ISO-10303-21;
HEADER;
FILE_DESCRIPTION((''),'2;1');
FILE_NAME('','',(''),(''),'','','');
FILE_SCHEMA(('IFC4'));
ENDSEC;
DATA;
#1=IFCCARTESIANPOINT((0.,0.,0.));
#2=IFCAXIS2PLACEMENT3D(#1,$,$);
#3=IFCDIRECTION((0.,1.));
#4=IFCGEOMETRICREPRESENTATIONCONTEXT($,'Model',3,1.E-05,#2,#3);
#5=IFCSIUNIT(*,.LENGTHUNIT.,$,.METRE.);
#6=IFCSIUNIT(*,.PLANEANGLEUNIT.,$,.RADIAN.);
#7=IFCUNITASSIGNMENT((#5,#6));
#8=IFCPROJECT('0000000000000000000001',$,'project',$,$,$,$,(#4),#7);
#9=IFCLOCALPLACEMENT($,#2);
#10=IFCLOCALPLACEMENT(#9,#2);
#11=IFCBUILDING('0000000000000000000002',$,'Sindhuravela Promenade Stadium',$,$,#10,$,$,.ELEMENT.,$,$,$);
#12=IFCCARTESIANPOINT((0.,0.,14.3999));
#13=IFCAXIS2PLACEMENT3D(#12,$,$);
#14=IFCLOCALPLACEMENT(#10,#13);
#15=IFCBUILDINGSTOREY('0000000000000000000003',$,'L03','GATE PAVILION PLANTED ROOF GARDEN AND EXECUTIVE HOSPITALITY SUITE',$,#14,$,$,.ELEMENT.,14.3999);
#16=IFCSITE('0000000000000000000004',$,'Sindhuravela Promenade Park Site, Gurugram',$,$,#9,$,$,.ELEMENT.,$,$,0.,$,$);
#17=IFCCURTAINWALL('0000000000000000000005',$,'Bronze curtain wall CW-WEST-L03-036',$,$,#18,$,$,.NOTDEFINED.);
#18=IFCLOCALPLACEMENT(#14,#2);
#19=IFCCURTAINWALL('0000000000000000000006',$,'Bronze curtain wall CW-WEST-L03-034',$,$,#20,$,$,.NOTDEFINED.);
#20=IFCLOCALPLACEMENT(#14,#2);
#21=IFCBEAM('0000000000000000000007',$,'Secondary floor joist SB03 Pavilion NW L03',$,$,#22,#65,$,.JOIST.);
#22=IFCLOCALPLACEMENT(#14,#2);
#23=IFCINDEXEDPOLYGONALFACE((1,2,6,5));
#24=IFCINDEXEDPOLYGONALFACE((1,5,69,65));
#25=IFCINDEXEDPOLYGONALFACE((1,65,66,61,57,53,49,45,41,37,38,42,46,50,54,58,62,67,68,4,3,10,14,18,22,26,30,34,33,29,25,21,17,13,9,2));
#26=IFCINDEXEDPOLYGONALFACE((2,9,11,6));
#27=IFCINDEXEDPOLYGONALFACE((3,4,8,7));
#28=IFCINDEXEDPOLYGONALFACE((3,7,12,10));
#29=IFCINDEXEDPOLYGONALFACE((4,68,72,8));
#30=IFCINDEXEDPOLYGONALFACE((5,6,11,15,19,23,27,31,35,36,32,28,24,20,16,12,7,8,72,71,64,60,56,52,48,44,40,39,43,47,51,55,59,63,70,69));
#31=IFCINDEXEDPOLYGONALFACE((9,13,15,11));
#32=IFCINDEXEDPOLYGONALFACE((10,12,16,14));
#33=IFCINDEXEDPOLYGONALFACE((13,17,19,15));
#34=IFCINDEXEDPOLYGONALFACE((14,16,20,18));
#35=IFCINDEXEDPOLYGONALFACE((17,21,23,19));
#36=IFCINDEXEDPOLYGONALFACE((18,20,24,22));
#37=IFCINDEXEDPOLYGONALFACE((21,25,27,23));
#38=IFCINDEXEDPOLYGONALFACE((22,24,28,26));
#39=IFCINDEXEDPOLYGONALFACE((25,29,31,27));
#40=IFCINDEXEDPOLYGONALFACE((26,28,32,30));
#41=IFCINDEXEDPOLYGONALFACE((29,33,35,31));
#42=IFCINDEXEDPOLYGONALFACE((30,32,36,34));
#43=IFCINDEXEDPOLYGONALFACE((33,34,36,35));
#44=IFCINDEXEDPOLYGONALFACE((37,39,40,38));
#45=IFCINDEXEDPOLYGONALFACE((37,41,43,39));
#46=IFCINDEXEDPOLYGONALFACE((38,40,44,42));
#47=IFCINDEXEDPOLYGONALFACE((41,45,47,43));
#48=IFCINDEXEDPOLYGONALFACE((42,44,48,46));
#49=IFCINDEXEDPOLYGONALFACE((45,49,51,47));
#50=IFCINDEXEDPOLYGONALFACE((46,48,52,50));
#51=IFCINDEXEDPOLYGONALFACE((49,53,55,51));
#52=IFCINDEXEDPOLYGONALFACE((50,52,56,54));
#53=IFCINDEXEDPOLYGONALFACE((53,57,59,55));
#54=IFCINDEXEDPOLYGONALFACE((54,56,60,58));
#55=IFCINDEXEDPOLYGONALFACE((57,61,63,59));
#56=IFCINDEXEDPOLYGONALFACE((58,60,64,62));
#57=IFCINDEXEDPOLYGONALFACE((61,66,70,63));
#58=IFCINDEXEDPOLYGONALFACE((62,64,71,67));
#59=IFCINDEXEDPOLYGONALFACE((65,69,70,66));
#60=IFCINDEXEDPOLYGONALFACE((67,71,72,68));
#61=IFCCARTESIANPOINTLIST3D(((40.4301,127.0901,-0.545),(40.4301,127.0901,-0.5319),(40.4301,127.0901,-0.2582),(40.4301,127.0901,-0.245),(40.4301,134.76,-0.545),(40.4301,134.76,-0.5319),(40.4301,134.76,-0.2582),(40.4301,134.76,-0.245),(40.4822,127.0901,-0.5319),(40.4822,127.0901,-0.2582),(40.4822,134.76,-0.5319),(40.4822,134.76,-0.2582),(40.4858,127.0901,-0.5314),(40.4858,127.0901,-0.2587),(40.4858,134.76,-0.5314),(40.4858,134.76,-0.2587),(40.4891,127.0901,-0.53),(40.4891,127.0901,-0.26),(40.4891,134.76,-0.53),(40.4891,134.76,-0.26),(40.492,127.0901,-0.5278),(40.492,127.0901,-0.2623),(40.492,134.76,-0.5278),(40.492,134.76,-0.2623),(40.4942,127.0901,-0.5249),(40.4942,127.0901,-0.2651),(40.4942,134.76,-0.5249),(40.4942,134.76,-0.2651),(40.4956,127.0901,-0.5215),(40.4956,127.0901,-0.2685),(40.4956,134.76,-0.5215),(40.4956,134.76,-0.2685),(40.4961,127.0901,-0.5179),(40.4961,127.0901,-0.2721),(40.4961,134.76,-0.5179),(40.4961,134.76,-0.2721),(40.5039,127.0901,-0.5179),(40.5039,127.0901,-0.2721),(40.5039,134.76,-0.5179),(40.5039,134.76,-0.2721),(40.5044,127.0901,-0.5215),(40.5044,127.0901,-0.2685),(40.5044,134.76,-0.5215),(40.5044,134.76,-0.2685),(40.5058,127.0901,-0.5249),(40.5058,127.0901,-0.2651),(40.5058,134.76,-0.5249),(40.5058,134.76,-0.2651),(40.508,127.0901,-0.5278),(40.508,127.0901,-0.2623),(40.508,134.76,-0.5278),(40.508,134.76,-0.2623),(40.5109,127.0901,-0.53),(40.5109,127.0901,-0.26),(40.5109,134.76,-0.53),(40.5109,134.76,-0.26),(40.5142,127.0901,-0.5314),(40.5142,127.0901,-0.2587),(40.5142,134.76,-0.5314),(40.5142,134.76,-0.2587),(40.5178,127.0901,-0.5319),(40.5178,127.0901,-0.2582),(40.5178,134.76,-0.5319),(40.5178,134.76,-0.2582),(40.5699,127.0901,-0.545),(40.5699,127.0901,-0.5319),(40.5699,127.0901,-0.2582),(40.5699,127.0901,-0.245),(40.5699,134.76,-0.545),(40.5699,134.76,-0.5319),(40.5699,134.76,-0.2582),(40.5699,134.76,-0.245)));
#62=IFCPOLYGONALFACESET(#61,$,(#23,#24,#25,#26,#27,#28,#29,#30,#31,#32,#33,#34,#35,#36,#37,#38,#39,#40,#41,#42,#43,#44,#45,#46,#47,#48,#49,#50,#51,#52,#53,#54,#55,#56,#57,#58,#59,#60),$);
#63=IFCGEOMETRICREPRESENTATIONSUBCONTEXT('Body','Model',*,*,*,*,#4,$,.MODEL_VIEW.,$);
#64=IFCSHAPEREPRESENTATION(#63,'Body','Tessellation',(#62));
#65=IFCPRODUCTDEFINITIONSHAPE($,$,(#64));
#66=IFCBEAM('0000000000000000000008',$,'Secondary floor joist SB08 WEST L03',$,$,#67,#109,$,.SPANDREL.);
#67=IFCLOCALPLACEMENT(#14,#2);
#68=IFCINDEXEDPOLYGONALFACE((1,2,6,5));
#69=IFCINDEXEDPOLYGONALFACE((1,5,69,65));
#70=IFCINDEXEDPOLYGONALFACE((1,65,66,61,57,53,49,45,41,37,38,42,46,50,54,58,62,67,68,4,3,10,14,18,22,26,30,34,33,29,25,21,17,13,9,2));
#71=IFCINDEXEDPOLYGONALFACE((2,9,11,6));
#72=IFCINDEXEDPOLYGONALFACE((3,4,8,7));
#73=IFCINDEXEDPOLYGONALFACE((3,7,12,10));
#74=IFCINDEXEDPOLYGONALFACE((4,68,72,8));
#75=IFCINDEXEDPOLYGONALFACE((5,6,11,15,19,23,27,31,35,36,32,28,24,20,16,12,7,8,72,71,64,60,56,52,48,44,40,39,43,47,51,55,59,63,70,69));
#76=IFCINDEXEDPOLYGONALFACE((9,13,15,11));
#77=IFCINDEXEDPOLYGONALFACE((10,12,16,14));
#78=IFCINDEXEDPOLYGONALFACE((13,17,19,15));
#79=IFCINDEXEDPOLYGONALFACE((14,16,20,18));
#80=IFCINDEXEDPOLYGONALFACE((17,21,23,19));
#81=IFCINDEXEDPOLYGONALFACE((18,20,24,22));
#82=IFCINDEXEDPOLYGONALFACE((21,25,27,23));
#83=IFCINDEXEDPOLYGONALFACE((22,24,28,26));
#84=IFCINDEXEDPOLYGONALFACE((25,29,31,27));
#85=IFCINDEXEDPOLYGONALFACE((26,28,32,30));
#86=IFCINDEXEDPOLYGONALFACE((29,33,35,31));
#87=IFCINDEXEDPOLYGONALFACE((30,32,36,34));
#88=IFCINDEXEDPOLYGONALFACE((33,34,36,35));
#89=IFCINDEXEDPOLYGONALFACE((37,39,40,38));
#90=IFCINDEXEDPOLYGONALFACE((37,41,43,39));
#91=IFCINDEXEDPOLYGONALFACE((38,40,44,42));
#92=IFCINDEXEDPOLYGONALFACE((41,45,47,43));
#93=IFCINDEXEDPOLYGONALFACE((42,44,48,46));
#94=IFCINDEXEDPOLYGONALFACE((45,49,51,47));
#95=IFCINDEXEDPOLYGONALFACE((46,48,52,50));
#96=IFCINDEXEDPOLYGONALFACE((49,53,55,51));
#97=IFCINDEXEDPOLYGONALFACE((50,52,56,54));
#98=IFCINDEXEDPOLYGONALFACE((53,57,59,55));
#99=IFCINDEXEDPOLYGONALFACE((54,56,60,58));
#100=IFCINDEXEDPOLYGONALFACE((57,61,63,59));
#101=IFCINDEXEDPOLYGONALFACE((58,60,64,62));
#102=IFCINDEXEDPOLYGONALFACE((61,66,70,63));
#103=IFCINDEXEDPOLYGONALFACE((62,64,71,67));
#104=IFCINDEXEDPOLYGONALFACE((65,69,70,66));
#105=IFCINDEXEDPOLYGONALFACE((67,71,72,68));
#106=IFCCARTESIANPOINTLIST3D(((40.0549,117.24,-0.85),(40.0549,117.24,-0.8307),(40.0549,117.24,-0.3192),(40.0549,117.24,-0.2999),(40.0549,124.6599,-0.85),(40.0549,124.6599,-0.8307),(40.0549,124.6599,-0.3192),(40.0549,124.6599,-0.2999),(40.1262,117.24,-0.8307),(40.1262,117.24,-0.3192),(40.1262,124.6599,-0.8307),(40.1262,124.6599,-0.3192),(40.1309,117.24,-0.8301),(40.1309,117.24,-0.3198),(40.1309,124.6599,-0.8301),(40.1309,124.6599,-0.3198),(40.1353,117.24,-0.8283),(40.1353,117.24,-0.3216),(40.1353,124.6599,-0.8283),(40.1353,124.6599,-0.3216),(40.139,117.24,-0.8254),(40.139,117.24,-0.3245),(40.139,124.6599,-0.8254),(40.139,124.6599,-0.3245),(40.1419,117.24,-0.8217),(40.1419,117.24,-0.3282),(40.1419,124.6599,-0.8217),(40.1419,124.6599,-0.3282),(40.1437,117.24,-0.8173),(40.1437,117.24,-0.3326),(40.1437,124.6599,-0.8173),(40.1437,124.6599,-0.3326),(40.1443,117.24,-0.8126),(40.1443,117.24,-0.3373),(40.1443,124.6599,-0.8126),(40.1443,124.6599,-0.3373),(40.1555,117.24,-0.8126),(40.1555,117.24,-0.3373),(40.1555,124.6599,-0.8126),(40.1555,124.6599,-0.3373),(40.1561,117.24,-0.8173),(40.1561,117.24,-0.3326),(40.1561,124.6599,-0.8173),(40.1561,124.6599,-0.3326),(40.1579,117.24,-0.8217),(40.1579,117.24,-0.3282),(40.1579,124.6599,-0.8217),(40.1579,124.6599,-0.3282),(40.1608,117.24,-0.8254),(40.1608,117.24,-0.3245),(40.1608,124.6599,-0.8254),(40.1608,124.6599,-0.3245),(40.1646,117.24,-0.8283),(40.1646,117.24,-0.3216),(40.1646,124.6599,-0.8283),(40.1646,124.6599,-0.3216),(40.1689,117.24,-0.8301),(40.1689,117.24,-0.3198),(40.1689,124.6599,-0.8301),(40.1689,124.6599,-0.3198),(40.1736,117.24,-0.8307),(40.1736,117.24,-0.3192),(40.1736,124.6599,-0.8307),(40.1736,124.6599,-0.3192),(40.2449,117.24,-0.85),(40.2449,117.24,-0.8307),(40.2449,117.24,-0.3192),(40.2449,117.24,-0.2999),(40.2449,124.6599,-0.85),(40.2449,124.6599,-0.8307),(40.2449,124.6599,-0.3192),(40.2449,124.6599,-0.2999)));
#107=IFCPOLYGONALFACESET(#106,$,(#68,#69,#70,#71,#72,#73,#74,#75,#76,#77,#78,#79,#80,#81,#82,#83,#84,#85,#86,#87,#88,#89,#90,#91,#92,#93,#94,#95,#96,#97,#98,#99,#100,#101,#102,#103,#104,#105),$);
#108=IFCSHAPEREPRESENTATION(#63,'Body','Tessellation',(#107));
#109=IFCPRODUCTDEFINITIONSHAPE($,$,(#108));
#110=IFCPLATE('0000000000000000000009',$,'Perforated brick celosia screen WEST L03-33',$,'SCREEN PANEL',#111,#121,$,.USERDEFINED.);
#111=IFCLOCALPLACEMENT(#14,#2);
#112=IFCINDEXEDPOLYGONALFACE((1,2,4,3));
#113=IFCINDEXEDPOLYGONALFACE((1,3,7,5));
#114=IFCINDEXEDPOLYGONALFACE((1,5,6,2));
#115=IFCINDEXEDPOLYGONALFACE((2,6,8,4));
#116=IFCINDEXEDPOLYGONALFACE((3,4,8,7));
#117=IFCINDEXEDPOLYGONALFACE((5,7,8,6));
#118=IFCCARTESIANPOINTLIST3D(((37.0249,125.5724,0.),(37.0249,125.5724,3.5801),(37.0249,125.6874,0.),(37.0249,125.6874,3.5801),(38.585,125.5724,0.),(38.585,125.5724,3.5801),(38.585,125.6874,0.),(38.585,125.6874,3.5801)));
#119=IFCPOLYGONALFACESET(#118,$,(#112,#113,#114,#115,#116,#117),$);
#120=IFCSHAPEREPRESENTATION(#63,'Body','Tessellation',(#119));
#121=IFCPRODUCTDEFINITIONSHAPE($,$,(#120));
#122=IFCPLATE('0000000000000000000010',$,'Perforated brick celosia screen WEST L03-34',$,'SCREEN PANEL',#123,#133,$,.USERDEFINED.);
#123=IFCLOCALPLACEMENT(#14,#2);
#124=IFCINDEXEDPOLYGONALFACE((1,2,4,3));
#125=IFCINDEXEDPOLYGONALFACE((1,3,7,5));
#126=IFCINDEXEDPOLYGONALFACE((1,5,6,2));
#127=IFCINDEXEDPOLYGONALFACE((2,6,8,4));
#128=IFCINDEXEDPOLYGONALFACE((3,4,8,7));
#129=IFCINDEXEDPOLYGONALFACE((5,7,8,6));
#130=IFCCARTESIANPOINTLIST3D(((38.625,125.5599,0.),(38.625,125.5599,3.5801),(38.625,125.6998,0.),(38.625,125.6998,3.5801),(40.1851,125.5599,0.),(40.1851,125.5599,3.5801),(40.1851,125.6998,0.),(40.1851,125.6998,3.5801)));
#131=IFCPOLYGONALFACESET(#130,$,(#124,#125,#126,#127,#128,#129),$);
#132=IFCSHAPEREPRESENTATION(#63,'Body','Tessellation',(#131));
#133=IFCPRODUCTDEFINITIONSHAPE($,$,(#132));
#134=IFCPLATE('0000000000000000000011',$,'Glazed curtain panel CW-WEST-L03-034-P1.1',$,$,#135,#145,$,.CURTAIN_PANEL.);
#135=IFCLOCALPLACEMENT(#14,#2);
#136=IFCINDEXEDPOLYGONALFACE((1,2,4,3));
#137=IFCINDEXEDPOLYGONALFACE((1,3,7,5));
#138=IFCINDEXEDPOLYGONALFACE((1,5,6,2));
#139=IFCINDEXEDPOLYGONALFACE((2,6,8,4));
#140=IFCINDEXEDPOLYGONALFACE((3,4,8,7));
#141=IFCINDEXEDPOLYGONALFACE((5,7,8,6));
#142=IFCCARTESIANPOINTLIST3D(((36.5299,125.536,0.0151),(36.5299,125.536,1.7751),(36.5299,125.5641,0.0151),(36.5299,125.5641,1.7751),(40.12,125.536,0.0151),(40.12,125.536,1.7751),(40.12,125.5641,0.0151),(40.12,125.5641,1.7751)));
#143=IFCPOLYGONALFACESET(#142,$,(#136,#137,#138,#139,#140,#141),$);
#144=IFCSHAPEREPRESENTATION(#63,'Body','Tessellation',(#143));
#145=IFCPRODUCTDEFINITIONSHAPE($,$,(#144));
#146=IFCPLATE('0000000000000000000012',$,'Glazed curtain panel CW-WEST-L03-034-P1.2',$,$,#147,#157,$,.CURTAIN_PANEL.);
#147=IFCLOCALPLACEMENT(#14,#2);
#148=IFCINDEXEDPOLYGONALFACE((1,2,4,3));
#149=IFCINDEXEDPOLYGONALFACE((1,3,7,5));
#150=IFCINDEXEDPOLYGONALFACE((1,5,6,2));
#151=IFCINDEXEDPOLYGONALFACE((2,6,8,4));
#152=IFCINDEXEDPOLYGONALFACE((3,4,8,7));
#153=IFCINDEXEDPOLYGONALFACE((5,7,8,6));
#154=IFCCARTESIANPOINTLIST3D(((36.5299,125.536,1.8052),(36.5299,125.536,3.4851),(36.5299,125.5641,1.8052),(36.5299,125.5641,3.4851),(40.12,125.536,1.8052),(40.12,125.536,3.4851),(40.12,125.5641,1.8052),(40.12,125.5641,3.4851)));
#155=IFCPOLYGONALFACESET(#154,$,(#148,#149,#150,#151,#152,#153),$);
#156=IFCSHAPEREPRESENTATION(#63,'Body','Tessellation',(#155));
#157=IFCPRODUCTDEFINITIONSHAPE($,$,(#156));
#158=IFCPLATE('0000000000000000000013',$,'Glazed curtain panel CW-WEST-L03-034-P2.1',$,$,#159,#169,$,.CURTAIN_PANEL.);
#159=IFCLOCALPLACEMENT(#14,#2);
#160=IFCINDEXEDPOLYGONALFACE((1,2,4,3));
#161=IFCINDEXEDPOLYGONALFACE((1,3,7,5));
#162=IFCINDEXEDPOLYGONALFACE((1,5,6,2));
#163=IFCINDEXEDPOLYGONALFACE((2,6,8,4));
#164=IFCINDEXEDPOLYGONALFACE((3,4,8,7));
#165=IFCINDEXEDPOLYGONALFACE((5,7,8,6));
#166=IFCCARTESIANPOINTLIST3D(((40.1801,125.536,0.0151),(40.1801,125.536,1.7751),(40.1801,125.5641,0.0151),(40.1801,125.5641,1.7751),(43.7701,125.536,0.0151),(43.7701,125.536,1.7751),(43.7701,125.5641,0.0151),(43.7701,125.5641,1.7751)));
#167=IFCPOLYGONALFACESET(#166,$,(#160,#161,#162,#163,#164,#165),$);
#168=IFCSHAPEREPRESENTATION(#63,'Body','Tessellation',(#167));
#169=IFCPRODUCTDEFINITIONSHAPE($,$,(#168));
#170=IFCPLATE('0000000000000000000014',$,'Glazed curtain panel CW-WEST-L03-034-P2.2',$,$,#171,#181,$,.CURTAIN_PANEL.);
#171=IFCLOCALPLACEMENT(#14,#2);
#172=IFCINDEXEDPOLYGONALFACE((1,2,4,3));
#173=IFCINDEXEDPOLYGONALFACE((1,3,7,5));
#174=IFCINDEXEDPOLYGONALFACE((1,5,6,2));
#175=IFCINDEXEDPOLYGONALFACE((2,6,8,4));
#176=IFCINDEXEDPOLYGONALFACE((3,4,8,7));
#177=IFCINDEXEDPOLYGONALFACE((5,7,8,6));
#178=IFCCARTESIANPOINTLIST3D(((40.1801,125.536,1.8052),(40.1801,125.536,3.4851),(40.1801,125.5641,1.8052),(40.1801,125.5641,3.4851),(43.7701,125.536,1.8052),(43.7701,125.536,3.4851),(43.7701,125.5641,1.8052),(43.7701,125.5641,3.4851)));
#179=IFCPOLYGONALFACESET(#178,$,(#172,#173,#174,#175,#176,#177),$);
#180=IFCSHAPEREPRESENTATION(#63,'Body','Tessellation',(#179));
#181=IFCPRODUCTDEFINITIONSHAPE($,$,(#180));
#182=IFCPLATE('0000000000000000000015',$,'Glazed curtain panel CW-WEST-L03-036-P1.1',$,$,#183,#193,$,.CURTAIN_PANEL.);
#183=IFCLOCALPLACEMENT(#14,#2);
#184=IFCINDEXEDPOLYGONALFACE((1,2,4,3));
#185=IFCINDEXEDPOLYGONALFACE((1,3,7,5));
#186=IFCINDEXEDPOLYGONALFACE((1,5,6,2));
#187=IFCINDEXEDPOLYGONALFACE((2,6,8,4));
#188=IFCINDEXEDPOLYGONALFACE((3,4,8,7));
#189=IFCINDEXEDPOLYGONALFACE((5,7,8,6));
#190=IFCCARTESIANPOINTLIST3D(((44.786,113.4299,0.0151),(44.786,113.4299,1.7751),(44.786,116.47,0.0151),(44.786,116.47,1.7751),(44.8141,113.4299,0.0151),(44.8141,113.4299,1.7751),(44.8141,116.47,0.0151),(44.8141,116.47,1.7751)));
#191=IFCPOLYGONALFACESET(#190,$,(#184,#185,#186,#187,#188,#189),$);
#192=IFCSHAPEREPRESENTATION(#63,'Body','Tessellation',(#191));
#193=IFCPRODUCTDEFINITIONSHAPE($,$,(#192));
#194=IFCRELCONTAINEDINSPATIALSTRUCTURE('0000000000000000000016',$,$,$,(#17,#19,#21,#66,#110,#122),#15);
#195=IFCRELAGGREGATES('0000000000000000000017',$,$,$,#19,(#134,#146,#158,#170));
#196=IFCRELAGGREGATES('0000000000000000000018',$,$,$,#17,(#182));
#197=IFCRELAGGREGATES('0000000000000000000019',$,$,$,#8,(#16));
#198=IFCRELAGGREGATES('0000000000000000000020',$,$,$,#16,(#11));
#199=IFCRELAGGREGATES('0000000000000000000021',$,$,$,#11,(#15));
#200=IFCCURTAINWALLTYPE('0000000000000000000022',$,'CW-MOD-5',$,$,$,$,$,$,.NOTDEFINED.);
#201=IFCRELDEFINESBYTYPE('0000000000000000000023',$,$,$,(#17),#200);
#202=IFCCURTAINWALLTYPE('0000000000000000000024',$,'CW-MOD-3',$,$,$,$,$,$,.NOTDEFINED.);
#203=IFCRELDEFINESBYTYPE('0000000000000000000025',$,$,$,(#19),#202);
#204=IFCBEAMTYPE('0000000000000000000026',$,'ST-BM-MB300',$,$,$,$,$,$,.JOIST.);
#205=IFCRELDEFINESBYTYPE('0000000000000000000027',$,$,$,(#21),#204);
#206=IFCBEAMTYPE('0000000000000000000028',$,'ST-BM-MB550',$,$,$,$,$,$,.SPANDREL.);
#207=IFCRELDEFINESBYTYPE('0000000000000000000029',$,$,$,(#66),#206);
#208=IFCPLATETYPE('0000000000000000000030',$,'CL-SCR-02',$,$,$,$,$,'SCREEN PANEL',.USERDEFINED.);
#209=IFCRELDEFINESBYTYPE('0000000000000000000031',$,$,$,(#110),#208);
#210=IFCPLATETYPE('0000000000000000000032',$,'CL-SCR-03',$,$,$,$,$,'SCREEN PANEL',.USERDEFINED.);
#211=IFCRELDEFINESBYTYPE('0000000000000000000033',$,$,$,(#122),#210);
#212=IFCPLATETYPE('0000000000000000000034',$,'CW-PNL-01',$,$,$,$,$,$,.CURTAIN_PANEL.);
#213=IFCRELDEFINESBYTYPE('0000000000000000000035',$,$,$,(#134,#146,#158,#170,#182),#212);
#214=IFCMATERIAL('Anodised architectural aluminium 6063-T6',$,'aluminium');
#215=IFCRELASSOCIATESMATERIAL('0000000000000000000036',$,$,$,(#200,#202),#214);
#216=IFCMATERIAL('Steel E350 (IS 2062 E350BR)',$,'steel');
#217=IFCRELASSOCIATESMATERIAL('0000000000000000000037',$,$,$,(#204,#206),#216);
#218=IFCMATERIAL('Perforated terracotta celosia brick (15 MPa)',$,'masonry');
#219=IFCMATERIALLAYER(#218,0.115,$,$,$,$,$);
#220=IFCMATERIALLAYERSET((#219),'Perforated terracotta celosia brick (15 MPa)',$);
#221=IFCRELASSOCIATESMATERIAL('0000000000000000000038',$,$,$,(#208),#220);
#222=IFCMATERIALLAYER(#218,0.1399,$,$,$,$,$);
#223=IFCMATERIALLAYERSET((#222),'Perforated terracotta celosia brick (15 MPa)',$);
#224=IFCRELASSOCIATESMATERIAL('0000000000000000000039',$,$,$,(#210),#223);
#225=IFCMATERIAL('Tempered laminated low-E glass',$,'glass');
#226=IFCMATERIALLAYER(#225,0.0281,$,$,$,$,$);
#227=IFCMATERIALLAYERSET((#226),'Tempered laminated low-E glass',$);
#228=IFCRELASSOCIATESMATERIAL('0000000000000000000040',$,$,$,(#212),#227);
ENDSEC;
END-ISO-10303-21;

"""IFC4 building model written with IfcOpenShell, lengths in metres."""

from ifc_helpers import new_model, si_unit, direction, frame, origin, origin_2d, place, context, subcontext, project, spatial, rectangle, i_section, extrude, material, layer, layer_set, material_profile, profile_set, type_object, element, aggregate, save


model = new_model("IFC4")

# Units and contexts
model_context = context("Model", 3, precision=1e-05, world=origin(), true_north=direction((0.0, 1.0)))
body_context = subcontext(model_context, "Body", "Model", "MODEL_VIEW")
ifc_project = project(units=[si_unit("LENGTHUNIT", "METRE"), si_unit("PLANEANGLEUNIT", "RADIAN")], contexts=[model_context])

# Site, building, storey
site_placement = place(None, origin())
site = spatial("IfcSite", under=ifc_project, at=site_placement, Name="Sindhuravela Promenade Park Site, Gurugram", CompositionType="ELEMENT", RefElevation=0.0)
building_placement = place(site_placement, origin())
building = spatial("IfcBuilding", under=site, at=building_placement, Name="Sindhuravela Promenade Stadium", CompositionType="ELEMENT")
storey_placement = place(building_placement, frame((0.0, 0.0, 14.3999)))
storey = spatial("IfcBuildingStorey", under=building, at=storey_placement, Name="L03", Description="GATE PAVILION PLANTED ROOF GARDEN AND EXECUTIVE HOSPITALITY SUITE", CompositionType="ELEMENT", Elevation=14.3999)

# Curtain walls
ifc_material_1 = material(Name="Anodised architectural aluminium 6063-T6", Category="aluminium")
curtain_wall_type_1 = type_object("IfcCurtainWallType", Name="CW-MOD-5", PredefinedType="NOTDEFINED", material=ifc_material_1)
curtain_wall_1_placement = place(storey_placement, origin())
curtain_wall_1 = element("IfcCurtainWall", 1, at=curtain_wall_1_placement, inside=storey, type_object=curtain_wall_type_1, Name="Bronze curtain wall CW-WEST-L03-036", PredefinedType="NOTDEFINED")
curtain_wall_type_2 = type_object("IfcCurtainWallType", Name="CW-MOD-3", PredefinedType="NOTDEFINED", material=ifc_material_1)
curtain_wall_2_placement = place(storey_placement, origin())
curtain_wall_2 = element("IfcCurtainWall", 2, at=curtain_wall_2_placement, inside=storey, type_object=curtain_wall_type_2, Name="Bronze curtain wall CW-WEST-L03-034", PredefinedType="NOTDEFINED")

# Beams
ifc_material_2 = material(Name="Steel E350 (IS 2062 E350BR)", Category="steel")
ifc_material_profile_1 = material_profile(ifc_material_2, i_section(OverallWidth=0.1399, OverallDepth=0.3, WebThickness=0.0078, FlangeThickness=0.0132, FilletRadius=0.0139, at=origin_2d()), Name="ISMB 300")
ifc_profile_set_1 = profile_set([ifc_material_profile_1], Name="Steel E350 (IS 2062 E350BR)")
beam_type_1 = type_object("IfcBeamType", Name="ST-BM-MB300", PredefinedType="JOIST", material=ifc_profile_set_1)
beam_1_placement = place(storey_placement, frame((40.5, 127.0901, -0.395), z_axis=(0.0, 1.0, 0.0), x_axis=(-1.0, 0.0, 0.0)))
element("IfcBeam", 3, at=beam_1_placement, inside=storey, type_object=beam_type_1, Name="Secondary floor joist SB03 Pavilion NW L03", PredefinedType="JOIST", context=body_context, shape_type="SweptSolid", body=[
    extrude(i_section(OverallWidth=0.1399, OverallDepth=0.3, WebThickness=0.0078, FlangeThickness=0.0132, FilletRadius=0.0139, at=origin_2d()), origin(), (0.0, 0.0, 1.0), 7.6699),
])
ifc_material_profile_2 = material_profile(ifc_material_2, i_section(OverallWidth=0.1899, OverallDepth=0.55, WebThickness=0.0112, FlangeThickness=0.0193, FilletRadius=0.0181, at=origin_2d()), Name="ISMB 550")
ifc_profile_set_2 = profile_set([ifc_material_profile_2], Name="Steel E350 (IS 2062 E350BR)")
beam_type_2 = type_object("IfcBeamType", Name="ST-BM-MB550", PredefinedType="SPANDREL", material=ifc_profile_set_2)
beam_2_placement = place(storey_placement, frame((40.1499, 117.24, -0.575), z_axis=(0.0, 1.0, 0.0), x_axis=(-1.0, 0.0, 0.0)))
element("IfcBeam", 4, at=beam_2_placement, inside=storey, type_object=beam_type_2, Name="Secondary floor joist SB08 WEST L03", PredefinedType="SPANDREL", context=body_context, shape_type="SweptSolid", body=[
    extrude(i_section(OverallWidth=0.1899, OverallDepth=0.55, WebThickness=0.0112, FlangeThickness=0.0193, FilletRadius=0.0181, at=origin_2d()), origin(), (0.0, 0.0, 1.0), 7.4199),
])

# Plates
ifc_material_3 = material(Name="Perforated terracotta celosia brick (15 MPa)", Category="masonry")
ifc_layer_1 = layer(ifc_material_3, 0.115)
ifc_layer_set_1 = layer_set([ifc_layer_1], Name="Perforated terracotta celosia brick (15 MPa)")
plate_type_1 = type_object("IfcPlateType", Name="CL-SCR-02", ElementType="SCREEN PANEL", PredefinedType="USERDEFINED", material=ifc_layer_set_1)
plate_1_placement = place(storey_placement, frame((37.8049, 125.6299, 0.0), z_axis=(0.0, 0.0, 1.0), x_axis=(1.0, 0.0, 0.0)))
element("IfcPlate", 5, at=plate_1_placement, inside=storey, type_object=plate_type_1, Name="Perforated brick celosia screen WEST L03-33", ObjectType="SCREEN PANEL", PredefinedType="USERDEFINED", context=body_context, shape_type="SweptSolid", body=[
    extrude(rectangle(XDim=1.5601, YDim=0.115, at=origin_2d()), origin(), (0.0, 0.0, 1.0), 3.5801),
])
ifc_layer_2 = layer(ifc_material_3, 0.1399)
ifc_layer_set_2 = layer_set([ifc_layer_2], Name="Perforated terracotta celosia brick (15 MPa)")
plate_type_2 = type_object("IfcPlateType", Name="CL-SCR-03", ElementType="SCREEN PANEL", PredefinedType="USERDEFINED", material=ifc_layer_set_2)
plate_2_placement = place(storey_placement, frame((39.405, 125.6299, 0.0), z_axis=(0.0, 0.0, 1.0), x_axis=(1.0, 0.0, 0.0)))
element("IfcPlate", 6, at=plate_2_placement, inside=storey, type_object=plate_type_2, Name="Perforated brick celosia screen WEST L03-34", ObjectType="SCREEN PANEL", PredefinedType="USERDEFINED", context=body_context, shape_type="SweptSolid", body=[
    extrude(rectangle(XDim=1.5601, YDim=0.1399, at=origin_2d()), origin(), (0.0, 0.0, 1.0), 3.5801),
])

# Plates
ifc_material_4 = material(Name="Tempered laminated low-E glass", Category="glass")
ifc_layer_3 = layer(ifc_material_4, 0.0281)
ifc_layer_set_3 = layer_set([ifc_layer_3], Name="Tempered laminated low-E glass")
plate_type_3 = type_object("IfcPlateType", Name="CW-PNL-01", PredefinedType="CURTAIN_PANEL", material=ifc_layer_set_3)
plate_3_placement = place(storey_placement, frame((38.325, 125.55, 0.0151), z_axis=(0.0, 0.0, 1.0), x_axis=(1.0, 0.0, 0.0)))
plate_3 = element("IfcPlate", 7, at=plate_3_placement, type_object=plate_type_3, Name="Glazed curtain panel CW-WEST-L03-034-P1.1", PredefinedType="CURTAIN_PANEL", context=body_context, shape_type="SweptSolid", body=[
    extrude(rectangle(XDim=3.5901, YDim=0.0281, at=origin_2d()), origin(), (0.0, 0.0, 1.0), 1.76),
])
plate_4_placement = place(storey_placement, frame((38.325, 125.55, 1.8052), z_axis=(0.0, 0.0, 1.0), x_axis=(1.0, 0.0, 0.0)))
plate_4 = element("IfcPlate", 8, at=plate_4_placement, type_object=plate_type_3, Name="Glazed curtain panel CW-WEST-L03-034-P1.2", PredefinedType="CURTAIN_PANEL", context=body_context, shape_type="SweptSolid", body=[
    extrude(rectangle(XDim=3.5901, YDim=0.0281, at=origin_2d()), origin(), (0.0, 0.0, 1.0), 1.6799),
])
plate_5_placement = place(storey_placement, frame((41.9751, 125.55, 0.0151), z_axis=(0.0, 0.0, 1.0), x_axis=(1.0, 0.0, 0.0)))
plate_5 = element("IfcPlate", 9, at=plate_5_placement, type_object=plate_type_3, Name="Glazed curtain panel CW-WEST-L03-034-P2.1", PredefinedType="CURTAIN_PANEL", context=body_context, shape_type="SweptSolid", body=[
    extrude(rectangle(XDim=3.5901, YDim=0.0281, at=origin_2d()), origin(), (0.0, 0.0, 1.0), 1.76),
])
plate_6_placement = place(storey_placement, frame((41.9751, 125.55, 1.8052), z_axis=(0.0, 0.0, 1.0), x_axis=(1.0, 0.0, 0.0)))
plate_6 = element("IfcPlate", 10, at=plate_6_placement, type_object=plate_type_3, Name="Glazed curtain panel CW-WEST-L03-034-P2.2", PredefinedType="CURTAIN_PANEL", context=body_context, shape_type="SweptSolid", body=[
    extrude(rectangle(XDim=3.5901, YDim=0.0281, at=origin_2d()), origin(), (0.0, 0.0, 1.0), 1.6799),
])
aggregate(curtain_wall_2, [plate_3, plate_4, plate_5, plate_6])
plate_7_placement = place(storey_placement, frame((44.8, 114.95, 0.0151), z_axis=(0.0, 0.0, 1.0), x_axis=(0.0, -1.0, 0.0)))
plate_7 = element("IfcPlate", 11, at=plate_7_placement, type_object=plate_type_3, Name="Glazed curtain panel CW-WEST-L03-036-P1.1", PredefinedType="CURTAIN_PANEL", context=body_context, shape_type="SweptSolid", body=[
    extrude(rectangle(XDim=3.04, YDim=0.0281, at=origin_2d()), origin(), (0.0, 0.0, 1.0), 1.76),
])
aggregate(curtain_wall_1, [plate_7])

save(model, "model.ifc")
